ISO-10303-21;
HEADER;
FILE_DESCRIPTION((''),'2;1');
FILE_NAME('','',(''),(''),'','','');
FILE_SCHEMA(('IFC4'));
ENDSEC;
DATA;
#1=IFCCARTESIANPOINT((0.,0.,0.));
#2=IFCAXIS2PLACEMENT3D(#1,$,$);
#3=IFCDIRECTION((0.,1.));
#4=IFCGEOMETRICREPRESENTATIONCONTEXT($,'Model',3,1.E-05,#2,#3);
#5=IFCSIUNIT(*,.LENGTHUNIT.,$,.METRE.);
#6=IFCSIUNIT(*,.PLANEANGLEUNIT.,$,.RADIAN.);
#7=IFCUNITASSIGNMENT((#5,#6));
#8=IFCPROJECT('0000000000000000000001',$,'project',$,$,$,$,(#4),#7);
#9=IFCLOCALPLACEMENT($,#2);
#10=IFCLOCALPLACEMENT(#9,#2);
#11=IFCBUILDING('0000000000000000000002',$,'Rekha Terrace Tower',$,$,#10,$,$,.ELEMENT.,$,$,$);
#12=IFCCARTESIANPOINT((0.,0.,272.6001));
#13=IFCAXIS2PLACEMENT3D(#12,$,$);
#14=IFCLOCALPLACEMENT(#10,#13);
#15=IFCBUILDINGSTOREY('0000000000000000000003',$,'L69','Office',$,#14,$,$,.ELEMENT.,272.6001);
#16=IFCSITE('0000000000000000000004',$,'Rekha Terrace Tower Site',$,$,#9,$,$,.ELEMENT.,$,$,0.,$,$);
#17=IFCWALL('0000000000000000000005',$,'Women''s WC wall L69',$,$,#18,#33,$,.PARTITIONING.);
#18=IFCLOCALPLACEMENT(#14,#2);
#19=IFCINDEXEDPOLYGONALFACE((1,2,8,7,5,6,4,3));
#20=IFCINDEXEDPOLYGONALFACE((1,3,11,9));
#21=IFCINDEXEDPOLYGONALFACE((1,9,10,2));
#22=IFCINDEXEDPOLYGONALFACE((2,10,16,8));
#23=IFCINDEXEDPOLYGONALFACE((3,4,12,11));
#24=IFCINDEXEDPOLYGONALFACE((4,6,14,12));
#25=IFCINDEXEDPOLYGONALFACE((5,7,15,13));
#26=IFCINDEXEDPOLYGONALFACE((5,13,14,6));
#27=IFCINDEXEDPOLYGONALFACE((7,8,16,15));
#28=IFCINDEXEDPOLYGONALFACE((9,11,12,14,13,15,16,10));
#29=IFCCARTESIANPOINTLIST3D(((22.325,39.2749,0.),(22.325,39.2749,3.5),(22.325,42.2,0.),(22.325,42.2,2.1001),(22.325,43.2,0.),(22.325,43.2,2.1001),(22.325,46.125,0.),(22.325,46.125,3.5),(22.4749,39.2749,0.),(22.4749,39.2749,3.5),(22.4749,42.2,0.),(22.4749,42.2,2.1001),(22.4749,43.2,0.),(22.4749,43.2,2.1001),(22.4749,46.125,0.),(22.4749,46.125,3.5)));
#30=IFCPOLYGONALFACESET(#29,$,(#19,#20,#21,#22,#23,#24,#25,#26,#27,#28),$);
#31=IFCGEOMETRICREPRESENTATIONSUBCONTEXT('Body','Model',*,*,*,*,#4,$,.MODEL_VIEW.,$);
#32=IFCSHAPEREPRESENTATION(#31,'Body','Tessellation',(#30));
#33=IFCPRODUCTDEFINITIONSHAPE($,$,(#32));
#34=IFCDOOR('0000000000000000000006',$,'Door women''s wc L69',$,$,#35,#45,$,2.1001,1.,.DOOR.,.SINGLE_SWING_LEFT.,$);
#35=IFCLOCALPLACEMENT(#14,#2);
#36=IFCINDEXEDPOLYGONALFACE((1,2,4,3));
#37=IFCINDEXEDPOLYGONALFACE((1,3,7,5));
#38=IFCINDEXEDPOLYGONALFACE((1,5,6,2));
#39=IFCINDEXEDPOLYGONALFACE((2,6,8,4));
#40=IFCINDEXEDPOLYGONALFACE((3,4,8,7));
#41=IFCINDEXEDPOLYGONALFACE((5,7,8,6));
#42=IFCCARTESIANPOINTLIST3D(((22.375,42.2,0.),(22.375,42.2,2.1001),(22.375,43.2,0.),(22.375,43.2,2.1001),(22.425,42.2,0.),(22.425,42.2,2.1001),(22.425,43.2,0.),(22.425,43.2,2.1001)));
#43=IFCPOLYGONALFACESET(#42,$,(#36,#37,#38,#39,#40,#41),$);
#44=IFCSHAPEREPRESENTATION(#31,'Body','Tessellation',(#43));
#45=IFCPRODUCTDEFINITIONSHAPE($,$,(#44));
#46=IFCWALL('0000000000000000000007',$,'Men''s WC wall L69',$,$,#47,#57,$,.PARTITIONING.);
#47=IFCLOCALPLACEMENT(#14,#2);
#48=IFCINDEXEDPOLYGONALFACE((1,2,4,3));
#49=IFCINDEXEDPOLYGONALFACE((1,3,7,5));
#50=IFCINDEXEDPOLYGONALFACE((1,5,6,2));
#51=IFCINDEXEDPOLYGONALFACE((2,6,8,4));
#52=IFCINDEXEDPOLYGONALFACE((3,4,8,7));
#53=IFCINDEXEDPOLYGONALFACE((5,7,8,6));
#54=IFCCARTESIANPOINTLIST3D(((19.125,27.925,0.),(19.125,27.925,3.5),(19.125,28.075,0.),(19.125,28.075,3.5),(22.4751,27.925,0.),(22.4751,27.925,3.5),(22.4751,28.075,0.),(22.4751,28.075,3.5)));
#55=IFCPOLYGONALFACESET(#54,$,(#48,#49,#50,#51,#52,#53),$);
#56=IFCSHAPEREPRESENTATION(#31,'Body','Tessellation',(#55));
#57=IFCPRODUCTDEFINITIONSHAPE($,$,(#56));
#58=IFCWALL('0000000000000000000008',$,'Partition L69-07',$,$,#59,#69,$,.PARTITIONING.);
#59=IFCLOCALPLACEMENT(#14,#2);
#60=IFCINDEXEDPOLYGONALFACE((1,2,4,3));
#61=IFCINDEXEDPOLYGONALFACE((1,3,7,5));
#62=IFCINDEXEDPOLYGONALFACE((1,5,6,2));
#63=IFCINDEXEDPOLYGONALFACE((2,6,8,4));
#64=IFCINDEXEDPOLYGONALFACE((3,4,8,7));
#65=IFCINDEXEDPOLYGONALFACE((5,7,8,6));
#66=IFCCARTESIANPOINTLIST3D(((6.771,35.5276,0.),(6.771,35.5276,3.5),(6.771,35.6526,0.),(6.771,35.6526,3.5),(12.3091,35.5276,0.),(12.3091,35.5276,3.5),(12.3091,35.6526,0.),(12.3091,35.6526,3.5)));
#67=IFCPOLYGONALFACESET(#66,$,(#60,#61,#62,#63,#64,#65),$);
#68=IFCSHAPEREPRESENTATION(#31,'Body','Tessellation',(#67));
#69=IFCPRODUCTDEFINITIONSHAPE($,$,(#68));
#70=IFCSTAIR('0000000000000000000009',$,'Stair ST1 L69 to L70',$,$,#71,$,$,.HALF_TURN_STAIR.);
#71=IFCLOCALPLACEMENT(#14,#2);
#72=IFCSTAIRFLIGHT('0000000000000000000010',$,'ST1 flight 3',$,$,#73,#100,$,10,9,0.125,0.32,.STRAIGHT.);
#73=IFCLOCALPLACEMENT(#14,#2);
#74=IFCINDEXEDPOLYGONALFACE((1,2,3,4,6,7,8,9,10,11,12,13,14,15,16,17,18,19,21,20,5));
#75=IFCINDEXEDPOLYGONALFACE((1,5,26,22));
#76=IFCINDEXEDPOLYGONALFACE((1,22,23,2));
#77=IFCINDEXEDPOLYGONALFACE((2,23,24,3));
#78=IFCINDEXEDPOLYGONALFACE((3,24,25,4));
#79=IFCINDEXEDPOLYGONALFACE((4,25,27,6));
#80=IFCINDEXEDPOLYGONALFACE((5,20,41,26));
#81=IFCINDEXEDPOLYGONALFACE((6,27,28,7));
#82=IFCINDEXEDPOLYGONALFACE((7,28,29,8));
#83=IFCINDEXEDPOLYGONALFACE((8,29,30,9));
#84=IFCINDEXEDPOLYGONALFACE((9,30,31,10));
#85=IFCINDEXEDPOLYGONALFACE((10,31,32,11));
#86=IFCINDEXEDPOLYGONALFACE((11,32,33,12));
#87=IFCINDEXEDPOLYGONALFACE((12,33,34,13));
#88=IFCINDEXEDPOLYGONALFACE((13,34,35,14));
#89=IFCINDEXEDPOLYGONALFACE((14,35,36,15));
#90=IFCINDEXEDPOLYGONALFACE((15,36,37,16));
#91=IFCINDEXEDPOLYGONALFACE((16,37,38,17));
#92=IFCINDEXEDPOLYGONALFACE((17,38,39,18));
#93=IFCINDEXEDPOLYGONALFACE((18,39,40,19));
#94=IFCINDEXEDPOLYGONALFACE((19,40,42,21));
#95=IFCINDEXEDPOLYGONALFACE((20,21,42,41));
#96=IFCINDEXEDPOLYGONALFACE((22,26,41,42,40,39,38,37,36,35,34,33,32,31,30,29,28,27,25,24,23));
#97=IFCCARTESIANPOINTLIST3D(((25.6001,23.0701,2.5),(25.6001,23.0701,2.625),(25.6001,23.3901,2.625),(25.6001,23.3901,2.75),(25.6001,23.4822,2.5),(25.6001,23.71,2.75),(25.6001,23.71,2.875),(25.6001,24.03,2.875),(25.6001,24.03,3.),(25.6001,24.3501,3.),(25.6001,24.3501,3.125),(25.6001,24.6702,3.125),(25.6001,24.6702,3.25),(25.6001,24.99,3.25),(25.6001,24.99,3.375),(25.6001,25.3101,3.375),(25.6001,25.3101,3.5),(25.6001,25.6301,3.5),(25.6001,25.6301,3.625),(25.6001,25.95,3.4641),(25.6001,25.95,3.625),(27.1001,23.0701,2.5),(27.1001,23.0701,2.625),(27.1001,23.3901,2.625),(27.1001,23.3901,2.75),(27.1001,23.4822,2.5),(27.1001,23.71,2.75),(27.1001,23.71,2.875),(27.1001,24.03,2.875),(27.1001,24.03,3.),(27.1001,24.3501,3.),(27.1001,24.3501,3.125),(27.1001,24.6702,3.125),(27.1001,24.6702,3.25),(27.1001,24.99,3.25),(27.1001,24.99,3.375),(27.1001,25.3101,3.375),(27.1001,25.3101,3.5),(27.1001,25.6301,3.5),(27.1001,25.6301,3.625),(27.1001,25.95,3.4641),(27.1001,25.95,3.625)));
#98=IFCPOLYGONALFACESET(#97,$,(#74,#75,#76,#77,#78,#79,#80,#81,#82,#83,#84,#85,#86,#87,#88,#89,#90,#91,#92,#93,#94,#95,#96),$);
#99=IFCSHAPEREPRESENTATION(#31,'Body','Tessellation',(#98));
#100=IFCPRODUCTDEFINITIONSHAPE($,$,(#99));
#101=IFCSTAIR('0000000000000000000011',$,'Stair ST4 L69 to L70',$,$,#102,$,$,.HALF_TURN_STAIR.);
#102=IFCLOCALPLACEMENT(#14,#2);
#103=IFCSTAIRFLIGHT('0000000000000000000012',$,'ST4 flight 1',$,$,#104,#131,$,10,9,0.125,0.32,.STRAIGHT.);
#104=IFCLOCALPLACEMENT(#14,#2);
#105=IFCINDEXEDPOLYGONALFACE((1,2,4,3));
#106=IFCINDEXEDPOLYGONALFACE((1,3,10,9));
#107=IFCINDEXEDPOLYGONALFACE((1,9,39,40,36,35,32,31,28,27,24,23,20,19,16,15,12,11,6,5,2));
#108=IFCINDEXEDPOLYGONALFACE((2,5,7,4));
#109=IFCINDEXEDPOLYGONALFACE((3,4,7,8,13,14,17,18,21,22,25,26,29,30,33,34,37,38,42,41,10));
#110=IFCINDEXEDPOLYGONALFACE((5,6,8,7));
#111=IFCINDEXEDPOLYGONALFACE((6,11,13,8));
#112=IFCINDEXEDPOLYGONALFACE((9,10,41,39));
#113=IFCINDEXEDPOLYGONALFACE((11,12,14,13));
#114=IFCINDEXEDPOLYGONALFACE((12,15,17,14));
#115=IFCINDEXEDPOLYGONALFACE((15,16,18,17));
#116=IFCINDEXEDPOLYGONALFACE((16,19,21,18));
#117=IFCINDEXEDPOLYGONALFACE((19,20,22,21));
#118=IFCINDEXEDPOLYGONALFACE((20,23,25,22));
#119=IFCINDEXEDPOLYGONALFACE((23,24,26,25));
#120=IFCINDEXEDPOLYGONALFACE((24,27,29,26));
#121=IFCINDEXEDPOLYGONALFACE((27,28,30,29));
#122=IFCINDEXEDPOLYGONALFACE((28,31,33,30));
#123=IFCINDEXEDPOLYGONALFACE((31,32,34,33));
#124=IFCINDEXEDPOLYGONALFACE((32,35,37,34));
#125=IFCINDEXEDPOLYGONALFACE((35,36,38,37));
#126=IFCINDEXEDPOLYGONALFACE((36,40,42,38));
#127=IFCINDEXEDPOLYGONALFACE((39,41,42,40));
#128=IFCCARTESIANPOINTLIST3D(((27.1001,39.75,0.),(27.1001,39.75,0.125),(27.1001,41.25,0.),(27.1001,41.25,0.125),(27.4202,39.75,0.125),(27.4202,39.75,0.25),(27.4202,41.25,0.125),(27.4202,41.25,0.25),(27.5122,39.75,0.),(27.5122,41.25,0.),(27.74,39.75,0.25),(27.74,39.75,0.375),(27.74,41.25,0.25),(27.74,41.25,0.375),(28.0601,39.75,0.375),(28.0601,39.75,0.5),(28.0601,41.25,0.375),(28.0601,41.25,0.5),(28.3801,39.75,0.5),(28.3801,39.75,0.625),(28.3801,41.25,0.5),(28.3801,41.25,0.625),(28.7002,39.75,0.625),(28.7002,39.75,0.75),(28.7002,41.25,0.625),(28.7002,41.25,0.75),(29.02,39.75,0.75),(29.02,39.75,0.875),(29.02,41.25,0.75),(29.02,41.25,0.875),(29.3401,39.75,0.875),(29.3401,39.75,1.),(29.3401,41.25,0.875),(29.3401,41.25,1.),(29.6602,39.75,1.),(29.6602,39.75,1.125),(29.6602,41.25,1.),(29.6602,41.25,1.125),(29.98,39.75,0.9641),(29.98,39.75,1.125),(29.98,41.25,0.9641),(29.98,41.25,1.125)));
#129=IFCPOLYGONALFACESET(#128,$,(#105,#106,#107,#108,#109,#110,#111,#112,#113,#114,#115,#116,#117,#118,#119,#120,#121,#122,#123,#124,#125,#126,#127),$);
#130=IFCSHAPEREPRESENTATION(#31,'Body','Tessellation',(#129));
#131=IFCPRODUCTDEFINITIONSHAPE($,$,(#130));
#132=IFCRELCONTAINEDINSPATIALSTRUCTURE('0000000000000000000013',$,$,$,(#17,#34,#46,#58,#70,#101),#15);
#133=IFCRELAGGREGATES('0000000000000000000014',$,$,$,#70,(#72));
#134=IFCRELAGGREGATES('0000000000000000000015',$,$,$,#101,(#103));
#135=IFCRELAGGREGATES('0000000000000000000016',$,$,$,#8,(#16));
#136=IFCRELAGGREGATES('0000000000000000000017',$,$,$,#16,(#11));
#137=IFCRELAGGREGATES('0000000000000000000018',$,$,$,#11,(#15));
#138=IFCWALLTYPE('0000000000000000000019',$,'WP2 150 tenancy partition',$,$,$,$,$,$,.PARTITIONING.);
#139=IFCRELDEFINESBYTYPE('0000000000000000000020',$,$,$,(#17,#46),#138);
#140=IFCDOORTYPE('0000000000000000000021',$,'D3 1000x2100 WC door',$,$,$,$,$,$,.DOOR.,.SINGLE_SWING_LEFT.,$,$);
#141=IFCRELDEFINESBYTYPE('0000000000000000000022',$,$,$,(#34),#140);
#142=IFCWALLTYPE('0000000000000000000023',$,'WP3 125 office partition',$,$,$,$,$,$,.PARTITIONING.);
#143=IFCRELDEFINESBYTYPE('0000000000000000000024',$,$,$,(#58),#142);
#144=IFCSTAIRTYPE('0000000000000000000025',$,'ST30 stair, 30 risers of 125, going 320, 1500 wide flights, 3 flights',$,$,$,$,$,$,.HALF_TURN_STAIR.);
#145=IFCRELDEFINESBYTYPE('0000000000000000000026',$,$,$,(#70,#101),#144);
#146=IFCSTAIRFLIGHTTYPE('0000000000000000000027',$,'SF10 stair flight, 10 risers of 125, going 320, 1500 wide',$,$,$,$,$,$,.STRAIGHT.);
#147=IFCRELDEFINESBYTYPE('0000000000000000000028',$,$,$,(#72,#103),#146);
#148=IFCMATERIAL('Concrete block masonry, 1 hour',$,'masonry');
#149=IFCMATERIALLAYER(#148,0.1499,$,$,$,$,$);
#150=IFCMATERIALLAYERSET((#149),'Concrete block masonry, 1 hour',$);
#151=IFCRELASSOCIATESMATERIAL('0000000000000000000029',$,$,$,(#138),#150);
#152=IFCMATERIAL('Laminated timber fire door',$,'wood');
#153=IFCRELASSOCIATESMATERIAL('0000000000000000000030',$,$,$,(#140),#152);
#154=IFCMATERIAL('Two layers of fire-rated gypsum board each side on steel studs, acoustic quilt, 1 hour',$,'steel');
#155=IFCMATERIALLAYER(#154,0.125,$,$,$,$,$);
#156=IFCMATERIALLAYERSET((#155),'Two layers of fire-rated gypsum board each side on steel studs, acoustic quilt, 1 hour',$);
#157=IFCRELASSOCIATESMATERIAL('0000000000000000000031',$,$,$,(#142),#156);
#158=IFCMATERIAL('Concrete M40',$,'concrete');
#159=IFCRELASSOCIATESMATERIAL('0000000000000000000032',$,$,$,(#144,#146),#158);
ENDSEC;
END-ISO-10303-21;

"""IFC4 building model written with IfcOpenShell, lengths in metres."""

from ifc_helpers import new_model, si_unit, direction, frame, frame_2d, origin, place, context, subcontext, project, spatial, polyline, rectangle, outline, extrude, material, layer, layer_set, type_object, element, fill, aggregate, save


model = new_model("IFC4")

# Units and contexts
model_context = context("Model", 3, precision=1e-05, world=origin(), true_north=direction((0.0, 1.0)))
body_context = subcontext(model_context, "Body", "Model", "MODEL_VIEW")
ifc_project = project(units=[si_unit("LENGTHUNIT", "METRE"), si_unit("PLANEANGLEUNIT", "RADIAN")], contexts=[model_context])

# Site, building, storey
site_placement = place(None, origin())
site = spatial("IfcSite", under=ifc_project, at=site_placement, Name="Rekha Terrace Tower Site", CompositionType="ELEMENT", RefElevation=0.0)
building_placement = place(site_placement, origin())
building = spatial("IfcBuilding", under=site, at=building_placement, Name="Rekha Terrace Tower", CompositionType="ELEMENT")
storey_placement = place(building_placement, frame((0.0, 0.0, 272.6001)))
storey = spatial("IfcBuildingStorey", under=building, at=storey_placement, Name="L69", Description="Office", CompositionType="ELEMENT", Elevation=272.6001)

# Shared definitions
ifc_material_1 = material(Name="Concrete block masonry, 1 hour", Category="masonry")
ifc_layer_1 = layer(ifc_material_1, 0.1499)
ifc_layer_set_1 = layer_set([ifc_layer_1], Name="Concrete block masonry, 1 hour")
wall_type_1 = type_object("IfcWallType", Name="WP2 150 tenancy partition", PredefinedType="PARTITIONING", material=ifc_layer_set_1)

# Wall, opening, door
wall_1_placement = place(storey_placement, frame((22.3999, 39.2749, 0.0), z_axis=(0.0, 0.0, 1.0), x_axis=(0.0, 1.0, 0.0)))
wall_1 = element("IfcWall", 1, at=wall_1_placement, inside=storey, type_object=wall_type_1, Name="Women's WC wall L69", PredefinedType="PARTITIONING", context=body_context, shape_type="SweptSolid", body=[
    extrude(rectangle(XDim=6.8501, YDim=0.1499, at=frame_2d((3.425, 0.0))), origin(), (0.0, 0.0, 1.0), 3.5),
])
opening_1_placement = place(wall_1_placement, frame((2.925, 0.0, 0.0)))
opening_1 = element("IfcOpeningElement", 2, at=opening_1_placement, cuts=wall_1, PredefinedType="OPENING", context=body_context, shape_type="SweptSolid", body=[
    extrude(rectangle(XDim=1.0, YDim=2.1001, at=frame_2d((0.5, 1.05))), frame((0.0, 0.085, 0.0), z_axis=(0.0, -1.0, 0.0), x_axis=(1.0, 0.0, 0.0)), (0.0, 0.0, 1.0), 0.1699),
])
ifc_material_2 = material(Name="Laminated timber fire door", Category="wood")
door_type_1 = type_object("IfcDoorType", Name="D3 1000x2100 WC door", OperationType="SINGLE_SWING_LEFT", PredefinedType="DOOR", material=ifc_material_2)
door_1_placement = place(opening_1_placement, origin())
door_1 = element("IfcDoor", 3, at=door_1_placement, inside=storey, type_object=door_type_1, Name="Door women's wc L69", OperationType="SINGLE_SWING_LEFT", OverallHeight=2.1001, OverallWidth=1.0, PredefinedType="DOOR", context=body_context, shape_type="SweptSolid", body=[
    extrude(rectangle(XDim=1.0, YDim=2.1001, at=frame_2d((0.5, 1.05))), frame((0.0, 0.0249, 0.0), z_axis=(0.0, -1.0, 0.0), x_axis=(1.0, 0.0, 0.0)), (0.0, 0.0, 1.0), 0.05),
])
fill(opening_1, door_1)

# Walls
wall_2_placement = place(storey_placement, frame((19.125, 28.0, 0.0), z_axis=(0.0, 0.0, 1.0), x_axis=(1.0, 0.0, 0.0)))
element("IfcWall", 4, at=wall_2_placement, inside=storey, type_object=wall_type_1, Name="Men's WC wall L69", PredefinedType="PARTITIONING", context=body_context, shape_type="SweptSolid", body=[
    extrude(rectangle(XDim=3.3501, YDim=0.1499, at=frame_2d((1.675, 0.0))), origin(), (0.0, 0.0, 1.0), 3.5),
])
ifc_material_3 = material(Name="Two layers of fire-rated gypsum board each side on steel studs, acoustic quilt, 1 hour", Category="steel")
ifc_layer_2 = layer(ifc_material_3, 0.125)
ifc_layer_set_2 = layer_set([ifc_layer_2], Name="Two layers of fire-rated gypsum board each side on steel studs, acoustic quilt, 1 hour")
wall_type_2 = type_object("IfcWallType", Name="WP3 125 office partition", PredefinedType="PARTITIONING", material=ifc_layer_set_2)
wall_3_placement = place(storey_placement, frame((12.3091, 35.5901, 0.0), z_axis=(0.0, 0.0, 1.0), x_axis=(-1.0, 0.0, 0.0)))
element("IfcWall", 5, at=wall_3_placement, inside=storey, type_object=wall_type_2, Name="Partition L69-07", PredefinedType="PARTITIONING", context=body_context, shape_type="SweptSolid", body=[
    extrude(rectangle(XDim=5.5381, YDim=0.125, at=frame_2d((2.769, 0.0))), origin(), (0.0, 0.0, 1.0), 3.5),
])

# Stairs, stair flights
ifc_material_4 = material(Name="Concrete M40", Category="concrete")
stair_type = type_object("IfcStairType", Name="ST30 stair, 30 risers of 125, going 320, 1500 wide flights, 3 flights", PredefinedType="HALF_TURN_STAIR", material=ifc_material_4)
stair_1_placement = place(storey_placement, origin())
stair_1 = element("IfcStair", 6, at=stair_1_placement, inside=storey, type_object=stair_type, Name="Stair ST1 L69 to L70", PredefinedType="HALF_TURN_STAIR")
stair_flight_type = type_object("IfcStairFlightType", Name="SF10 stair flight, 10 risers of 125, going 320, 1500 wide", PredefinedType="STRAIGHT", material=ifc_material_4)
stair_flight_1_placement = place(storey_placement, frame((26.3501, 23.0701, 2.5), z_axis=(0.0, 0.0, 1.0), x_axis=(0.0, 1.0, 0.0)))
stair_flight_1 = element("IfcStairFlight", 7, at=stair_flight_1_placement, type_object=stair_flight_type, Name="ST1 flight 3", NumberOfRisers=10, NumberOfTreads=9, PredefinedType="STRAIGHT", RiserHeight=0.125, TreadLength=0.32, context=body_context, shape_type="SweptSolid", body=[
    extrude(outline(polyline([(0.0, 0.0), (0.0, 0.125), (0.3201, 0.125), (0.3201, 0.25), (0.6399, 0.25), (0.6399, 0.375), (0.96, 0.375), (0.96, 0.5), (1.28, 0.5), (1.28, 0.625), (1.6001, 0.625), (1.6001, 0.75), (1.9199, 0.75), (1.9199, 0.875), (2.24, 0.875), (2.24, 1.0), (2.5601, 1.0), (2.5601, 1.125), (2.8799, 1.125), (2.8799, 1.25), (2.8799, 0.9641), (0.4121, 0.0), (0.0, 0.0)])), frame((0.0, 0.75, 0.0), z_axis=(0.0, -1.0, 0.0), x_axis=(1.0, 0.0, 0.0)), (0.0, 0.0, 1.0), 1.5),
])
aggregate(stair_1, [stair_flight_1])
stair_2_placement = place(storey_placement, origin())
stair_2 = element("IfcStair", 8, at=stair_2_placement, inside=storey, type_object=stair_type, Name="Stair ST4 L69 to L70", PredefinedType="HALF_TURN_STAIR")
stair_flight_2_placement = place(storey_placement, frame((27.1001, 40.5, 0.0), z_axis=(0.0, 0.0, 1.0), x_axis=(1.0, 0.0, 0.0)))
stair_flight_2 = element("IfcStairFlight", 9, at=stair_flight_2_placement, type_object=stair_flight_type, Name="ST4 flight 1", NumberOfRisers=10, NumberOfTreads=9, PredefinedType="STRAIGHT", RiserHeight=0.125, TreadLength=0.32, context=body_context, shape_type="SweptSolid", body=[
    extrude(outline(polyline([(0.0, 0.0), (0.0, 0.125), (0.3201, 0.125), (0.3201, 0.25), (0.6399, 0.25), (0.6399, 0.375), (0.96, 0.375), (0.96, 0.5), (1.28, 0.5), (1.28, 0.625), (1.6001, 0.625), (1.6001, 0.75), (1.9199, 0.75), (1.9199, 0.875), (2.24, 0.875), (2.24, 1.0), (2.5601, 1.0), (2.5601, 1.125), (2.8799, 1.125), (2.8799, 1.25), (2.8799, 0.9641), (0.4121, 0.0), (0.0, 0.0)])), frame((0.0, 0.75, 0.0), z_axis=(0.0, -1.0, 0.0), x_axis=(1.0, 0.0, 0.0)), (0.0, 0.0, 1.0), 1.5),
])
aggregate(stair_2, [stair_flight_2])

save(model, "model.ifc")
